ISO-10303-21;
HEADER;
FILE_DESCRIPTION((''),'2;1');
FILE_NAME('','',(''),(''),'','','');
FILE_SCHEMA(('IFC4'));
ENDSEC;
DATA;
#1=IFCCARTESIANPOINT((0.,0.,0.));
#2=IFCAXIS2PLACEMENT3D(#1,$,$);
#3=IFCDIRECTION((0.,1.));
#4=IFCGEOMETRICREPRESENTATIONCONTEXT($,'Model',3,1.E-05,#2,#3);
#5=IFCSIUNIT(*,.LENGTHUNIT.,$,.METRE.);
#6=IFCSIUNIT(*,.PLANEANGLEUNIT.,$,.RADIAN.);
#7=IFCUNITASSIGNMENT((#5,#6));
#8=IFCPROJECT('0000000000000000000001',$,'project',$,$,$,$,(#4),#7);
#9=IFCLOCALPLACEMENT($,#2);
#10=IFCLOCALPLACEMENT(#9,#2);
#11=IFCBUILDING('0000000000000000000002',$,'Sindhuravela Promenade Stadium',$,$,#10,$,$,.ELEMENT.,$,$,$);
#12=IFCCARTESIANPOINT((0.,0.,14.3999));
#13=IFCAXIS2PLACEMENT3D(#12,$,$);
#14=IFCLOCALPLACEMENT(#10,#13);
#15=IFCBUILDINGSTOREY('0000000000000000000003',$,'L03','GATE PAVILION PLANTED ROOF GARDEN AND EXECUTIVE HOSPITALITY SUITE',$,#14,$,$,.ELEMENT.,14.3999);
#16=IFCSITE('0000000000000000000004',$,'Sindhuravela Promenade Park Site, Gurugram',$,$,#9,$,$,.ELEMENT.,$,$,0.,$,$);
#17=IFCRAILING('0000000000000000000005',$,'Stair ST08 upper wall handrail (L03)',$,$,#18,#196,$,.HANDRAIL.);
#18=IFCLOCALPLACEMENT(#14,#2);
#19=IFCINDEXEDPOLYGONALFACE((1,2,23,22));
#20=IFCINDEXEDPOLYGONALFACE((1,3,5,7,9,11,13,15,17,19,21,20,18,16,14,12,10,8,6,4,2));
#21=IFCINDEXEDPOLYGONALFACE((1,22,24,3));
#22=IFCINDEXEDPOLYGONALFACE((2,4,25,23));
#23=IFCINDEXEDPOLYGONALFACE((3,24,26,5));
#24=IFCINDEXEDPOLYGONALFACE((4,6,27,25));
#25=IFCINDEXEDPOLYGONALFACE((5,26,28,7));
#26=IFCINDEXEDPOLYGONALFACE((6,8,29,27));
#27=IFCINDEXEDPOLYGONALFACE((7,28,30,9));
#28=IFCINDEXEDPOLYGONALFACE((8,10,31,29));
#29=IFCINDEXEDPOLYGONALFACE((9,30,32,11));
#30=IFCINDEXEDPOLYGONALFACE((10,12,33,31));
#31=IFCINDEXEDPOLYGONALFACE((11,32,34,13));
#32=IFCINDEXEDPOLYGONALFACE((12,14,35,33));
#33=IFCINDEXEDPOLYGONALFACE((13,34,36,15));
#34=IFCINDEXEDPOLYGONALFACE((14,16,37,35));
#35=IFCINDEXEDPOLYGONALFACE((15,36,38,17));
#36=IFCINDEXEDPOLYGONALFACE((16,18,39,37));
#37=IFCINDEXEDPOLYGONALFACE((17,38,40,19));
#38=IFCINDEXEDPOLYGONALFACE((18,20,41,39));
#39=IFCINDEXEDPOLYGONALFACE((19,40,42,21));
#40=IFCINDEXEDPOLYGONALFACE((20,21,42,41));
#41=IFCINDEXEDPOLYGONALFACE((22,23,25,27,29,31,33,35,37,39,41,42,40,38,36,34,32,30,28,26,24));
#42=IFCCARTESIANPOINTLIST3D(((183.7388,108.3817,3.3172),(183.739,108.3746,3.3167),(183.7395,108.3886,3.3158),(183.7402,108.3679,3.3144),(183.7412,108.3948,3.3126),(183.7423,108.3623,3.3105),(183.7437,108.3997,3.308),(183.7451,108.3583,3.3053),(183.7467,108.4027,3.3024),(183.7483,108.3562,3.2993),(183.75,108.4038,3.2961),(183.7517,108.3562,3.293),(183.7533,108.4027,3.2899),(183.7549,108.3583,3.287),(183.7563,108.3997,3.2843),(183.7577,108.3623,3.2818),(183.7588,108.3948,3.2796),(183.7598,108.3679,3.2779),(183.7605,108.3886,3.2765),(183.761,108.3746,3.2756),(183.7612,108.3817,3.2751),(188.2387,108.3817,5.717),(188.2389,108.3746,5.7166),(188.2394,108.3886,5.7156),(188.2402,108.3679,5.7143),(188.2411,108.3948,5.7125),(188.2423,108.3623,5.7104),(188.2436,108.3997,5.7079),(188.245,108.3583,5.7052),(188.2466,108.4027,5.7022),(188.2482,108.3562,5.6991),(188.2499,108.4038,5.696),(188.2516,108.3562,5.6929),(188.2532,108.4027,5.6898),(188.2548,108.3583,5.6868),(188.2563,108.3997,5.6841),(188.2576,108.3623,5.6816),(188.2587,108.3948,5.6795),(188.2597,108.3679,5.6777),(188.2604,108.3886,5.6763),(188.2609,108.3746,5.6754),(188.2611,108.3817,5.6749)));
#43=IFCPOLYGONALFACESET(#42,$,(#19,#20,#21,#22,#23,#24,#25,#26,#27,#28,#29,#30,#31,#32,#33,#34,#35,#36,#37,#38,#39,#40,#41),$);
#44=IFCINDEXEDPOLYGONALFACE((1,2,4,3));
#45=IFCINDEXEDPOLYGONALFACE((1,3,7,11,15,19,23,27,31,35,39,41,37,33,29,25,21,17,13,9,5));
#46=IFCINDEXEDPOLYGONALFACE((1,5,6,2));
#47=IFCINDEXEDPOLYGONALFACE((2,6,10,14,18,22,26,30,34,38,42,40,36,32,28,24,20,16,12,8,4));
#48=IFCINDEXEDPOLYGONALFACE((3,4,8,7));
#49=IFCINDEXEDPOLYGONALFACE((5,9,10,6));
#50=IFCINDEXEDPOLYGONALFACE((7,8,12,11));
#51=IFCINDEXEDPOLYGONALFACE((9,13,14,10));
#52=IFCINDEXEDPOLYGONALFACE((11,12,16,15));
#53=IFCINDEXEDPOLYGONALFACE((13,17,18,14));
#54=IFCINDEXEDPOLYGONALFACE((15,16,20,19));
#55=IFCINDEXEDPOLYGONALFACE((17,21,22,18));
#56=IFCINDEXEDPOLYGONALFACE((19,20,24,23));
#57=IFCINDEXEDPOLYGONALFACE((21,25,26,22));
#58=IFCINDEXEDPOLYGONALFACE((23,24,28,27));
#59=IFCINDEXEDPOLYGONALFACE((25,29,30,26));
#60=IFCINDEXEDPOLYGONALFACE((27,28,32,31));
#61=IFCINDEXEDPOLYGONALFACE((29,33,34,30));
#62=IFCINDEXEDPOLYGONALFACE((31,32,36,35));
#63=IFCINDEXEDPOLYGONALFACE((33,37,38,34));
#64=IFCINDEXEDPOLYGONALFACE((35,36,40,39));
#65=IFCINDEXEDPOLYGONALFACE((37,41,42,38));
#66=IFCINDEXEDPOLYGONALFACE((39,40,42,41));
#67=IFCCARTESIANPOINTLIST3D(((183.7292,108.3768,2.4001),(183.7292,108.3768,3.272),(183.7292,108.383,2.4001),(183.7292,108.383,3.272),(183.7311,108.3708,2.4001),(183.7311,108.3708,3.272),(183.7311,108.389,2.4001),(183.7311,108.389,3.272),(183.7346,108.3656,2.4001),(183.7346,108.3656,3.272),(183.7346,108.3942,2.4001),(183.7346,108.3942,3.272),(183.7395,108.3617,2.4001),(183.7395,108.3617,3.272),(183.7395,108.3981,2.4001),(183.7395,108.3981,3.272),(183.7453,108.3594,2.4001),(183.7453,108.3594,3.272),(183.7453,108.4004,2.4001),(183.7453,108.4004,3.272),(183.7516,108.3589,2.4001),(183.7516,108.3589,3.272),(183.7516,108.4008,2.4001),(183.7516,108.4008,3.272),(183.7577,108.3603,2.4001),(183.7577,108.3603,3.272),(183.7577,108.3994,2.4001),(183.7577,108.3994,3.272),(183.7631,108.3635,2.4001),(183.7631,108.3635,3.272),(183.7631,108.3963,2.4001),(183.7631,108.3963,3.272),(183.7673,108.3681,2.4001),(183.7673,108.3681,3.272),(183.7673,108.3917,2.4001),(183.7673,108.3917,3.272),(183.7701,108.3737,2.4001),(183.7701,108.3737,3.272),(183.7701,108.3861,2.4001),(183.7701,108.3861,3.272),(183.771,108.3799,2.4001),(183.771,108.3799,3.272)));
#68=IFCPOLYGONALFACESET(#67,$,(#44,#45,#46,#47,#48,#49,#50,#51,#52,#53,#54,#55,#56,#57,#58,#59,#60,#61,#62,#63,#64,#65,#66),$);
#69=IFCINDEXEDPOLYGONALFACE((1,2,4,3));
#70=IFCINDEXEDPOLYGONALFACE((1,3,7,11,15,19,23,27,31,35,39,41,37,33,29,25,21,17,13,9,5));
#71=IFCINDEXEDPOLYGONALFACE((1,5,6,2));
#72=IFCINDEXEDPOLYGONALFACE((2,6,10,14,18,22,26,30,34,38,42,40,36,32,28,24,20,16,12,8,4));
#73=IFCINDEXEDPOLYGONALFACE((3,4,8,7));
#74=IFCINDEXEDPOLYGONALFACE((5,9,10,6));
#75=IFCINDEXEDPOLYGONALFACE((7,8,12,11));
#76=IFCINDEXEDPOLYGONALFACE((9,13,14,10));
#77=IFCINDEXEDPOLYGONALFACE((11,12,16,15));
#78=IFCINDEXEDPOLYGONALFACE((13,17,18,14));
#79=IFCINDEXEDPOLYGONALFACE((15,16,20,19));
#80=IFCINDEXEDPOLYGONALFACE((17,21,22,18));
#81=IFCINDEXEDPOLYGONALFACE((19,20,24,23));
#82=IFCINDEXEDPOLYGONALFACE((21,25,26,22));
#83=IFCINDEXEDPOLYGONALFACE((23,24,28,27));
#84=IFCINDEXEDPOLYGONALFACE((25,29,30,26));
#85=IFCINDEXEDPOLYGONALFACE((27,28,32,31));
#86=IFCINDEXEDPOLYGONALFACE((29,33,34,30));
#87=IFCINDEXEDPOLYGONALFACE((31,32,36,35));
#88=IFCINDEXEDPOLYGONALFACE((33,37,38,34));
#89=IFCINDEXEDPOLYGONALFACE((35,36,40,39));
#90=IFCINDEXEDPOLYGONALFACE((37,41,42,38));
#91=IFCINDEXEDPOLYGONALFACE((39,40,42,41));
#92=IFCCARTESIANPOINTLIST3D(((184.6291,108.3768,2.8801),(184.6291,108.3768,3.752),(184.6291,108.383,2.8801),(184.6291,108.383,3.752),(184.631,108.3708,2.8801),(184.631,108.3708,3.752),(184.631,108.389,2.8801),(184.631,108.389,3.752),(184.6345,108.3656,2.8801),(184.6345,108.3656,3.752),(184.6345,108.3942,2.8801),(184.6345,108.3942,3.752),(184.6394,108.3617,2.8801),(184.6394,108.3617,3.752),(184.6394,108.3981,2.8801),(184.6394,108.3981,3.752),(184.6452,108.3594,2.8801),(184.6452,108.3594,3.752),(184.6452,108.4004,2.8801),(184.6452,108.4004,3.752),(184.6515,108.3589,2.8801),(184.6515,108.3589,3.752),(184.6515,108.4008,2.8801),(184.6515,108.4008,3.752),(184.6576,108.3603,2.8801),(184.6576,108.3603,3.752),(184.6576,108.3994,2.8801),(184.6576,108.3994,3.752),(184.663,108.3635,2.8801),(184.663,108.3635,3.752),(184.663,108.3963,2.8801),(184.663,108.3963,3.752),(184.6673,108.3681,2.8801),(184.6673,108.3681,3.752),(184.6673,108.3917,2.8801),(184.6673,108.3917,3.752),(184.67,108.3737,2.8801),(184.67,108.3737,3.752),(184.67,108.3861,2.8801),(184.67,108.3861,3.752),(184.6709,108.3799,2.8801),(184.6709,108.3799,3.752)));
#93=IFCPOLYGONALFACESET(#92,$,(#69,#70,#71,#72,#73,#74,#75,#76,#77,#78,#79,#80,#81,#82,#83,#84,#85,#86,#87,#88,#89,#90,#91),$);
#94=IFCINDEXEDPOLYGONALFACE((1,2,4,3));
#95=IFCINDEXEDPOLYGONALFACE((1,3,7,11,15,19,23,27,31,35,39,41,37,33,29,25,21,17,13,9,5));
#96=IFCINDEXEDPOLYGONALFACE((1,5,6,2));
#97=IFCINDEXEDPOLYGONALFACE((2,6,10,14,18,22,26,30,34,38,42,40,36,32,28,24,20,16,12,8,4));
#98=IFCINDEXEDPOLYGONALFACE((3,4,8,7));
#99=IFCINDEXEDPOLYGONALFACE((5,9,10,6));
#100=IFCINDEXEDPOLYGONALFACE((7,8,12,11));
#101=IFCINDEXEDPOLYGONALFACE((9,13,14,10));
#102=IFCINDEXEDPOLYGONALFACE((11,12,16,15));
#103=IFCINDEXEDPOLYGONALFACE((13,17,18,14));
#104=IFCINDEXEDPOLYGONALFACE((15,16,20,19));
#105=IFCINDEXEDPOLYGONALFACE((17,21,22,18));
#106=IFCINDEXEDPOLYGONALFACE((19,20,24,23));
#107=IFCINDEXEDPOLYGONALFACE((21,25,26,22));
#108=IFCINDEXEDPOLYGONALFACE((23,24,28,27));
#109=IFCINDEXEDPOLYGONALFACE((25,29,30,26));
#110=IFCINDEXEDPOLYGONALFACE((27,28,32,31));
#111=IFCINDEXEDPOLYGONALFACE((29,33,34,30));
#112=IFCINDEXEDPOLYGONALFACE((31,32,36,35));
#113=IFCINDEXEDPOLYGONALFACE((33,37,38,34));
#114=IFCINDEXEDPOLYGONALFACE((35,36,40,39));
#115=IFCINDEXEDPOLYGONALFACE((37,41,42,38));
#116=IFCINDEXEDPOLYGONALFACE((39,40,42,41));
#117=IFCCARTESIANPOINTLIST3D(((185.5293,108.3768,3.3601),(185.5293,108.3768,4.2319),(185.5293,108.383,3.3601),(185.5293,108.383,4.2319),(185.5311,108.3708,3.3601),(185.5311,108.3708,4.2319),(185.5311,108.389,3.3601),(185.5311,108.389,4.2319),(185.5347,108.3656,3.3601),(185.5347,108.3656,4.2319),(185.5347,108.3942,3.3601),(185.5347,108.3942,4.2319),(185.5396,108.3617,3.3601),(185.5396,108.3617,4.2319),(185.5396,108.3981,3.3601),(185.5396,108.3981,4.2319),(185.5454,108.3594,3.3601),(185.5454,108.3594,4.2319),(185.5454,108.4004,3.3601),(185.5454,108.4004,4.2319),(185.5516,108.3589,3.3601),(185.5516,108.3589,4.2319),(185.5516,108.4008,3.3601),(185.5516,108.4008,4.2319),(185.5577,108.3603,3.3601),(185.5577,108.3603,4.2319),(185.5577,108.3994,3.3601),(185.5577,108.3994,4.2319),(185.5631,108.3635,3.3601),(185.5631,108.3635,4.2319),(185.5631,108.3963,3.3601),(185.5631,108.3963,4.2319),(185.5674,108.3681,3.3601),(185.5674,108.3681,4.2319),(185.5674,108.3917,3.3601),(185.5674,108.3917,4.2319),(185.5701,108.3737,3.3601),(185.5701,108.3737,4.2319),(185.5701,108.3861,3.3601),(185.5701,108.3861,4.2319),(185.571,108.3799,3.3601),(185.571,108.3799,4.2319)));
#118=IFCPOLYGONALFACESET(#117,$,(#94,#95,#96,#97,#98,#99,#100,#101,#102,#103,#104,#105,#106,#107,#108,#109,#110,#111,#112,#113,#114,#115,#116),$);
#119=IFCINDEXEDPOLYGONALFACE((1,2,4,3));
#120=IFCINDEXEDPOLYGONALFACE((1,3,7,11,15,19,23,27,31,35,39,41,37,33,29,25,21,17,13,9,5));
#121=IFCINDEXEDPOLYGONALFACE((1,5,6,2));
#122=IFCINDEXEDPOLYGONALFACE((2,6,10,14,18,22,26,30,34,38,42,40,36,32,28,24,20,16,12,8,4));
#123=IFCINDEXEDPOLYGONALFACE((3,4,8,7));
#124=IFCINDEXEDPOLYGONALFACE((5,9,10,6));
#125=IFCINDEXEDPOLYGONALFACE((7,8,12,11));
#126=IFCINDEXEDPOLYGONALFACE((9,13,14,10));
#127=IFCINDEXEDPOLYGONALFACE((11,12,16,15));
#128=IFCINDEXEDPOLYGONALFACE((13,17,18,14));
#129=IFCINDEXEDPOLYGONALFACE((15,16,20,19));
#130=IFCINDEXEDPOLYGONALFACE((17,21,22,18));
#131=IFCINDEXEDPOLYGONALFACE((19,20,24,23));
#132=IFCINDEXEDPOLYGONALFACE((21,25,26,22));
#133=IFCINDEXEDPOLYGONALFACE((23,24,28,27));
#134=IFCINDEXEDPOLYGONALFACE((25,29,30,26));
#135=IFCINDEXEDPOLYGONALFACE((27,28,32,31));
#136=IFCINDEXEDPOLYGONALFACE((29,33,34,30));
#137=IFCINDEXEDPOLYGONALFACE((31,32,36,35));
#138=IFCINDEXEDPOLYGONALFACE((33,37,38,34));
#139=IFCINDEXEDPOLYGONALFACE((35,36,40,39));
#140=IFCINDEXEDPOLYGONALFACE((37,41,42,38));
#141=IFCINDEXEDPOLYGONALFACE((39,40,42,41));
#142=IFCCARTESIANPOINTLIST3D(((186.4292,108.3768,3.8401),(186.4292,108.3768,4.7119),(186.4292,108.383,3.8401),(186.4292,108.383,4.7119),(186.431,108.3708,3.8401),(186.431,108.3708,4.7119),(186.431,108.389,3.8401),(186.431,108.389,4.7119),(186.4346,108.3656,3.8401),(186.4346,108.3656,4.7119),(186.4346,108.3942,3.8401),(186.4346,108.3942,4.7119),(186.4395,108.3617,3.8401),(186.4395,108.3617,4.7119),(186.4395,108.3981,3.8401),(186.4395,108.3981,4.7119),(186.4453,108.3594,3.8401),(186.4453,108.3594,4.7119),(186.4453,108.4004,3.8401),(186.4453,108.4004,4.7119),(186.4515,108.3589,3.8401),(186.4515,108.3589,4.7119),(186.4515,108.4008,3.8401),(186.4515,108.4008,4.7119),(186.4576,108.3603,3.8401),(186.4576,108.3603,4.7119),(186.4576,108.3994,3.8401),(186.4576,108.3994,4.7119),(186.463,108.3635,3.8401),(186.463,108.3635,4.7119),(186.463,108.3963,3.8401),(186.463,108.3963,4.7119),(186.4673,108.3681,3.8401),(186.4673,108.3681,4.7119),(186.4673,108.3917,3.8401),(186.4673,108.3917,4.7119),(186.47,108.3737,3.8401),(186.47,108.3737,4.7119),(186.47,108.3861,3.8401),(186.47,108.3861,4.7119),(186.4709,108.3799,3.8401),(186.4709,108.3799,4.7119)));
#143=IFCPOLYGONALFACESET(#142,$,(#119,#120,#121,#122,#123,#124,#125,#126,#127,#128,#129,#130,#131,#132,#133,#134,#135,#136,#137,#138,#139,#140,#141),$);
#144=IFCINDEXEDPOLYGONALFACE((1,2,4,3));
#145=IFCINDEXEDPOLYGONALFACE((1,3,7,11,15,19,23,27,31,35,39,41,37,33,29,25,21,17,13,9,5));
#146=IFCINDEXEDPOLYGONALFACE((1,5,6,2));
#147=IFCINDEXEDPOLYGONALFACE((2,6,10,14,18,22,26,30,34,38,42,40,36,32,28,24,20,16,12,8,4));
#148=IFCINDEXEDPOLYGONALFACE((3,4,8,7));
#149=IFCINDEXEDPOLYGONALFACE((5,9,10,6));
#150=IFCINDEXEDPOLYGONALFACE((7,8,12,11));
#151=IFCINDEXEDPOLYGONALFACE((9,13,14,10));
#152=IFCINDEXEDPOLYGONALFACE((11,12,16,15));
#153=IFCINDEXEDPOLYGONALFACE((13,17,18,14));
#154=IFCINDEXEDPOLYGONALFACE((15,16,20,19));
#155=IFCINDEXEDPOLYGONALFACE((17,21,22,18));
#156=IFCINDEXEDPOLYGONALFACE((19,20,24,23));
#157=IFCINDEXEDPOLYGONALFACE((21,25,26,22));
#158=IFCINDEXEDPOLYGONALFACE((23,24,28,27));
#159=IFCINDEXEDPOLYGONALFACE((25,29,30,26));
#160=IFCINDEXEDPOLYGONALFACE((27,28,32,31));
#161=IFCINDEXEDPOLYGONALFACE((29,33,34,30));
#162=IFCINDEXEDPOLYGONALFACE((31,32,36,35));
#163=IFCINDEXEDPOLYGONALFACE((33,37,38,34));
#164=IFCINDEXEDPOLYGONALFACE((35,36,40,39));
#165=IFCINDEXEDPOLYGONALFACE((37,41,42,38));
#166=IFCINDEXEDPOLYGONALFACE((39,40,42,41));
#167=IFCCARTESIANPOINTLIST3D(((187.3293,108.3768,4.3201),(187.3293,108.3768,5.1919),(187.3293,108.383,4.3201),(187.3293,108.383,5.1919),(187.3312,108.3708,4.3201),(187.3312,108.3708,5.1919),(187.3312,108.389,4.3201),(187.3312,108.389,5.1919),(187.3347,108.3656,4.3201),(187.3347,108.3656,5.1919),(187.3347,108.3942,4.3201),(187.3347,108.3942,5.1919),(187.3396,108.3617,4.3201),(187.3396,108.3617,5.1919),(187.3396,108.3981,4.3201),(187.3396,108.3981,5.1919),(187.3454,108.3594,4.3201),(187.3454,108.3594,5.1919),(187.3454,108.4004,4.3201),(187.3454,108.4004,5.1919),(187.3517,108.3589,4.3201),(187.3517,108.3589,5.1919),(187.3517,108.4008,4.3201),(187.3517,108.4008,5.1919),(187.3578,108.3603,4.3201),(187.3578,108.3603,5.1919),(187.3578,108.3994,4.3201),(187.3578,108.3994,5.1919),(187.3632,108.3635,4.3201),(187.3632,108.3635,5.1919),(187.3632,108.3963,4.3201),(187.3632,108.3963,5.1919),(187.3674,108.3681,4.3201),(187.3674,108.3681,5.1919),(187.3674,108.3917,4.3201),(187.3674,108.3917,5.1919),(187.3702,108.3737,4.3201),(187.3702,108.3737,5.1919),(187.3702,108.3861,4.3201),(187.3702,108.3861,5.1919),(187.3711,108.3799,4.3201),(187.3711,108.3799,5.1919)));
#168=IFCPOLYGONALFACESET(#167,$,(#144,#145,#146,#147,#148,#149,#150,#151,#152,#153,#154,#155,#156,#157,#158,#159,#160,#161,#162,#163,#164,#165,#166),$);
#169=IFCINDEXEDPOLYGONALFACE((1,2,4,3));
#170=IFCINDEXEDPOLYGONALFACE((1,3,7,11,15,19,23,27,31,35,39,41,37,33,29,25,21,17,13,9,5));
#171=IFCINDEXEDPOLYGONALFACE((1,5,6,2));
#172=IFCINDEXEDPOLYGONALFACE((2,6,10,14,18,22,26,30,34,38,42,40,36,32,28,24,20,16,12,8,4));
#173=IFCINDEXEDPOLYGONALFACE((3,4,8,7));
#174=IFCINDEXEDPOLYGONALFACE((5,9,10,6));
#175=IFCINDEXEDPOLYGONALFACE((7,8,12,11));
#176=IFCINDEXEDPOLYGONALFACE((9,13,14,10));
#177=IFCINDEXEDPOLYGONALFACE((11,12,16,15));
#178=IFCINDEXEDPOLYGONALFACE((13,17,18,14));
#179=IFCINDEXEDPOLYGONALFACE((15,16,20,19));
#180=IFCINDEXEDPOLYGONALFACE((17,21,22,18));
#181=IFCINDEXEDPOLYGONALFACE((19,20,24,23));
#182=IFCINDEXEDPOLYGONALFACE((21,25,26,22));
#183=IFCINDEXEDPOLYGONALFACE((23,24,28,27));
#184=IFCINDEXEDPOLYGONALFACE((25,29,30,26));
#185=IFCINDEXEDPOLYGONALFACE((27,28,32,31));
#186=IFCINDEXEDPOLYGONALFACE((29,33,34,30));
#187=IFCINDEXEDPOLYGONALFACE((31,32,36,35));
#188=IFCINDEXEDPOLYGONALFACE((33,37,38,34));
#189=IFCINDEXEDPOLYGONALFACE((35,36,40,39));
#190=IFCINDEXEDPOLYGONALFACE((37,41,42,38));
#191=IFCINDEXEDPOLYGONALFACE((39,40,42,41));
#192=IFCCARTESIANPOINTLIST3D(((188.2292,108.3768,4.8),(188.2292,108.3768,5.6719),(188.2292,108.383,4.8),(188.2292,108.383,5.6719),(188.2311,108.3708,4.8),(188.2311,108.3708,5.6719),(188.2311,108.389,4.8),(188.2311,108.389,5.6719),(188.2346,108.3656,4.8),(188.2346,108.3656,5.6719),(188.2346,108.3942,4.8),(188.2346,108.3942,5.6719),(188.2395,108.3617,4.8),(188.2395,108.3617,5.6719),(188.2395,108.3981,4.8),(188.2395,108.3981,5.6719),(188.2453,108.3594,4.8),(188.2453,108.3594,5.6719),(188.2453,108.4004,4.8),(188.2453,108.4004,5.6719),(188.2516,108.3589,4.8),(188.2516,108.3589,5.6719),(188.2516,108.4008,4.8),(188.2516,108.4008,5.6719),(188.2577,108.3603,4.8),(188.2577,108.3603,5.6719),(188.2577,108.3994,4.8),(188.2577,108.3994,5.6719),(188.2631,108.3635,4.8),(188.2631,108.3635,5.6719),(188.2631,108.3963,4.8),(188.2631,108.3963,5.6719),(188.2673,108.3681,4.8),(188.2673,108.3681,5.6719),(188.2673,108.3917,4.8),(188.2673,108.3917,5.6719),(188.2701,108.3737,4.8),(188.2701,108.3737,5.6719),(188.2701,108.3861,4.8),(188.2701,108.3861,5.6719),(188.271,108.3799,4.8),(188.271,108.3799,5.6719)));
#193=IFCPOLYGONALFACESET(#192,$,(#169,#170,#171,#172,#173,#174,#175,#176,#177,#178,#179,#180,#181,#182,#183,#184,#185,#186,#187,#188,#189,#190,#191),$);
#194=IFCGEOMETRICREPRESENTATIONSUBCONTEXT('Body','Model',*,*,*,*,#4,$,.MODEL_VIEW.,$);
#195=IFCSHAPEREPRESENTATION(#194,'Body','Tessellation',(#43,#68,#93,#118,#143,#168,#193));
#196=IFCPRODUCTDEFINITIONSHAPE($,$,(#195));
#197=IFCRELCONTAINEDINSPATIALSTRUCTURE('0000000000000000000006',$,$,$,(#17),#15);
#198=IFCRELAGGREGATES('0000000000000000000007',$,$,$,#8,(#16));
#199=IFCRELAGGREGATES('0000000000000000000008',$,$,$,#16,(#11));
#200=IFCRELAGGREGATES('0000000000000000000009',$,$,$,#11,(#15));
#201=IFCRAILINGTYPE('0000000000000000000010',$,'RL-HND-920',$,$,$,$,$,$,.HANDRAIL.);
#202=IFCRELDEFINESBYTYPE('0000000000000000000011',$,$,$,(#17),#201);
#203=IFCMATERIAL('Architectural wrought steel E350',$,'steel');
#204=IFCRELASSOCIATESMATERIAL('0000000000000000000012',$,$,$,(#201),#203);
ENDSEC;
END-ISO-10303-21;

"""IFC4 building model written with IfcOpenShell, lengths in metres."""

from ifc_helpers import new_model, si_unit, direction, frame, origin, origin_2d, place, context, subcontext, project, spatial, circle, extrude, material, type_object, element, save


model = new_model("IFC4")

# Units and contexts
model_context = context("Model", 3, precision=1e-05, world=origin(), true_north=direction((0.0, 1.0)))
body_context = subcontext(model_context, "Body", "Model", "MODEL_VIEW")
ifc_project = project(units=[si_unit("LENGTHUNIT", "METRE"), si_unit("PLANEANGLEUNIT", "RADIAN")], contexts=[model_context])

# Site, building, storey
site_placement = place(None, origin())
site = spatial("IfcSite", under=ifc_project, at=site_placement, Name="Sindhuravela Promenade Park Site, Gurugram", CompositionType="ELEMENT", RefElevation=0.0)
building_placement = place(site_placement, origin())
building = spatial("IfcBuilding", under=site, at=building_placement, Name="Sindhuravela Promenade Stadium", CompositionType="ELEMENT")
storey_placement = place(building_placement, frame((0.0, 0.0, 14.3999)))
storey = spatial("IfcBuildingStorey", under=building, at=storey_placement, Name="L03", Description="GATE PAVILION PLANTED ROOF GARDEN AND EXECUTIVE HOSPITALITY SUITE", CompositionType="ELEMENT", Elevation=14.3999)

# Shared definitions
ifc_material_1 = material(Name="Architectural wrought steel E350", Category="steel")

# Railing
railing_type_1 = type_object("IfcRailingType", Name="RL-HND-920", PredefinedType="HANDRAIL", material=ifc_material_1)
railing_1_placement = place(storey_placement, frame((183.75, 108.3799, 2.4001)))
element("IfcRailing", 1, at=railing_1_placement, inside=storey, type_object=railing_type_1, Name="Stair ST08 upper wall handrail (L03)", PredefinedType="HANDRAIL", context=body_context, shape_type="SweptSolid", body=[
    extrude(circle(Radius=0.0239, at=origin_2d()), frame((0.0, 0.0, 0.896), z_axis=(0.882361, 0.0, 0.470573), x_axis=(0.0, 1.0, 0.0)), (0.0, 0.0, 1.0), 5.0999),
    extrude(circle(Radius=0.021, at=origin_2d()), origin(), (0.0, 0.0, 1.0), 0.8718),
    extrude(circle(Radius=0.021, at=origin_2d()), frame((0.8999, 0.0, 0.48)), (0.0, 0.0, 1.0), 0.8718),
    extrude(circle(Radius=0.021, at=origin_2d()), frame((1.8, 0.0, 0.96)), (0.0, 0.0, 1.0), 0.8718),
    extrude(circle(Radius=0.021, at=origin_2d()), frame((2.7, 0.0, 1.4399)), (0.0, 0.0, 1.0), 0.8718),
    extrude(circle(Radius=0.021, at=origin_2d()), frame((3.6001, 0.0, 1.9199)), (0.0, 0.0, 1.0), 0.8718),
    extrude(circle(Radius=0.021, at=origin_2d()), frame((4.5, 0.0, 2.3999)), (0.0, 0.0, 1.0), 0.8718),
])

save(model, "model.ifc")
